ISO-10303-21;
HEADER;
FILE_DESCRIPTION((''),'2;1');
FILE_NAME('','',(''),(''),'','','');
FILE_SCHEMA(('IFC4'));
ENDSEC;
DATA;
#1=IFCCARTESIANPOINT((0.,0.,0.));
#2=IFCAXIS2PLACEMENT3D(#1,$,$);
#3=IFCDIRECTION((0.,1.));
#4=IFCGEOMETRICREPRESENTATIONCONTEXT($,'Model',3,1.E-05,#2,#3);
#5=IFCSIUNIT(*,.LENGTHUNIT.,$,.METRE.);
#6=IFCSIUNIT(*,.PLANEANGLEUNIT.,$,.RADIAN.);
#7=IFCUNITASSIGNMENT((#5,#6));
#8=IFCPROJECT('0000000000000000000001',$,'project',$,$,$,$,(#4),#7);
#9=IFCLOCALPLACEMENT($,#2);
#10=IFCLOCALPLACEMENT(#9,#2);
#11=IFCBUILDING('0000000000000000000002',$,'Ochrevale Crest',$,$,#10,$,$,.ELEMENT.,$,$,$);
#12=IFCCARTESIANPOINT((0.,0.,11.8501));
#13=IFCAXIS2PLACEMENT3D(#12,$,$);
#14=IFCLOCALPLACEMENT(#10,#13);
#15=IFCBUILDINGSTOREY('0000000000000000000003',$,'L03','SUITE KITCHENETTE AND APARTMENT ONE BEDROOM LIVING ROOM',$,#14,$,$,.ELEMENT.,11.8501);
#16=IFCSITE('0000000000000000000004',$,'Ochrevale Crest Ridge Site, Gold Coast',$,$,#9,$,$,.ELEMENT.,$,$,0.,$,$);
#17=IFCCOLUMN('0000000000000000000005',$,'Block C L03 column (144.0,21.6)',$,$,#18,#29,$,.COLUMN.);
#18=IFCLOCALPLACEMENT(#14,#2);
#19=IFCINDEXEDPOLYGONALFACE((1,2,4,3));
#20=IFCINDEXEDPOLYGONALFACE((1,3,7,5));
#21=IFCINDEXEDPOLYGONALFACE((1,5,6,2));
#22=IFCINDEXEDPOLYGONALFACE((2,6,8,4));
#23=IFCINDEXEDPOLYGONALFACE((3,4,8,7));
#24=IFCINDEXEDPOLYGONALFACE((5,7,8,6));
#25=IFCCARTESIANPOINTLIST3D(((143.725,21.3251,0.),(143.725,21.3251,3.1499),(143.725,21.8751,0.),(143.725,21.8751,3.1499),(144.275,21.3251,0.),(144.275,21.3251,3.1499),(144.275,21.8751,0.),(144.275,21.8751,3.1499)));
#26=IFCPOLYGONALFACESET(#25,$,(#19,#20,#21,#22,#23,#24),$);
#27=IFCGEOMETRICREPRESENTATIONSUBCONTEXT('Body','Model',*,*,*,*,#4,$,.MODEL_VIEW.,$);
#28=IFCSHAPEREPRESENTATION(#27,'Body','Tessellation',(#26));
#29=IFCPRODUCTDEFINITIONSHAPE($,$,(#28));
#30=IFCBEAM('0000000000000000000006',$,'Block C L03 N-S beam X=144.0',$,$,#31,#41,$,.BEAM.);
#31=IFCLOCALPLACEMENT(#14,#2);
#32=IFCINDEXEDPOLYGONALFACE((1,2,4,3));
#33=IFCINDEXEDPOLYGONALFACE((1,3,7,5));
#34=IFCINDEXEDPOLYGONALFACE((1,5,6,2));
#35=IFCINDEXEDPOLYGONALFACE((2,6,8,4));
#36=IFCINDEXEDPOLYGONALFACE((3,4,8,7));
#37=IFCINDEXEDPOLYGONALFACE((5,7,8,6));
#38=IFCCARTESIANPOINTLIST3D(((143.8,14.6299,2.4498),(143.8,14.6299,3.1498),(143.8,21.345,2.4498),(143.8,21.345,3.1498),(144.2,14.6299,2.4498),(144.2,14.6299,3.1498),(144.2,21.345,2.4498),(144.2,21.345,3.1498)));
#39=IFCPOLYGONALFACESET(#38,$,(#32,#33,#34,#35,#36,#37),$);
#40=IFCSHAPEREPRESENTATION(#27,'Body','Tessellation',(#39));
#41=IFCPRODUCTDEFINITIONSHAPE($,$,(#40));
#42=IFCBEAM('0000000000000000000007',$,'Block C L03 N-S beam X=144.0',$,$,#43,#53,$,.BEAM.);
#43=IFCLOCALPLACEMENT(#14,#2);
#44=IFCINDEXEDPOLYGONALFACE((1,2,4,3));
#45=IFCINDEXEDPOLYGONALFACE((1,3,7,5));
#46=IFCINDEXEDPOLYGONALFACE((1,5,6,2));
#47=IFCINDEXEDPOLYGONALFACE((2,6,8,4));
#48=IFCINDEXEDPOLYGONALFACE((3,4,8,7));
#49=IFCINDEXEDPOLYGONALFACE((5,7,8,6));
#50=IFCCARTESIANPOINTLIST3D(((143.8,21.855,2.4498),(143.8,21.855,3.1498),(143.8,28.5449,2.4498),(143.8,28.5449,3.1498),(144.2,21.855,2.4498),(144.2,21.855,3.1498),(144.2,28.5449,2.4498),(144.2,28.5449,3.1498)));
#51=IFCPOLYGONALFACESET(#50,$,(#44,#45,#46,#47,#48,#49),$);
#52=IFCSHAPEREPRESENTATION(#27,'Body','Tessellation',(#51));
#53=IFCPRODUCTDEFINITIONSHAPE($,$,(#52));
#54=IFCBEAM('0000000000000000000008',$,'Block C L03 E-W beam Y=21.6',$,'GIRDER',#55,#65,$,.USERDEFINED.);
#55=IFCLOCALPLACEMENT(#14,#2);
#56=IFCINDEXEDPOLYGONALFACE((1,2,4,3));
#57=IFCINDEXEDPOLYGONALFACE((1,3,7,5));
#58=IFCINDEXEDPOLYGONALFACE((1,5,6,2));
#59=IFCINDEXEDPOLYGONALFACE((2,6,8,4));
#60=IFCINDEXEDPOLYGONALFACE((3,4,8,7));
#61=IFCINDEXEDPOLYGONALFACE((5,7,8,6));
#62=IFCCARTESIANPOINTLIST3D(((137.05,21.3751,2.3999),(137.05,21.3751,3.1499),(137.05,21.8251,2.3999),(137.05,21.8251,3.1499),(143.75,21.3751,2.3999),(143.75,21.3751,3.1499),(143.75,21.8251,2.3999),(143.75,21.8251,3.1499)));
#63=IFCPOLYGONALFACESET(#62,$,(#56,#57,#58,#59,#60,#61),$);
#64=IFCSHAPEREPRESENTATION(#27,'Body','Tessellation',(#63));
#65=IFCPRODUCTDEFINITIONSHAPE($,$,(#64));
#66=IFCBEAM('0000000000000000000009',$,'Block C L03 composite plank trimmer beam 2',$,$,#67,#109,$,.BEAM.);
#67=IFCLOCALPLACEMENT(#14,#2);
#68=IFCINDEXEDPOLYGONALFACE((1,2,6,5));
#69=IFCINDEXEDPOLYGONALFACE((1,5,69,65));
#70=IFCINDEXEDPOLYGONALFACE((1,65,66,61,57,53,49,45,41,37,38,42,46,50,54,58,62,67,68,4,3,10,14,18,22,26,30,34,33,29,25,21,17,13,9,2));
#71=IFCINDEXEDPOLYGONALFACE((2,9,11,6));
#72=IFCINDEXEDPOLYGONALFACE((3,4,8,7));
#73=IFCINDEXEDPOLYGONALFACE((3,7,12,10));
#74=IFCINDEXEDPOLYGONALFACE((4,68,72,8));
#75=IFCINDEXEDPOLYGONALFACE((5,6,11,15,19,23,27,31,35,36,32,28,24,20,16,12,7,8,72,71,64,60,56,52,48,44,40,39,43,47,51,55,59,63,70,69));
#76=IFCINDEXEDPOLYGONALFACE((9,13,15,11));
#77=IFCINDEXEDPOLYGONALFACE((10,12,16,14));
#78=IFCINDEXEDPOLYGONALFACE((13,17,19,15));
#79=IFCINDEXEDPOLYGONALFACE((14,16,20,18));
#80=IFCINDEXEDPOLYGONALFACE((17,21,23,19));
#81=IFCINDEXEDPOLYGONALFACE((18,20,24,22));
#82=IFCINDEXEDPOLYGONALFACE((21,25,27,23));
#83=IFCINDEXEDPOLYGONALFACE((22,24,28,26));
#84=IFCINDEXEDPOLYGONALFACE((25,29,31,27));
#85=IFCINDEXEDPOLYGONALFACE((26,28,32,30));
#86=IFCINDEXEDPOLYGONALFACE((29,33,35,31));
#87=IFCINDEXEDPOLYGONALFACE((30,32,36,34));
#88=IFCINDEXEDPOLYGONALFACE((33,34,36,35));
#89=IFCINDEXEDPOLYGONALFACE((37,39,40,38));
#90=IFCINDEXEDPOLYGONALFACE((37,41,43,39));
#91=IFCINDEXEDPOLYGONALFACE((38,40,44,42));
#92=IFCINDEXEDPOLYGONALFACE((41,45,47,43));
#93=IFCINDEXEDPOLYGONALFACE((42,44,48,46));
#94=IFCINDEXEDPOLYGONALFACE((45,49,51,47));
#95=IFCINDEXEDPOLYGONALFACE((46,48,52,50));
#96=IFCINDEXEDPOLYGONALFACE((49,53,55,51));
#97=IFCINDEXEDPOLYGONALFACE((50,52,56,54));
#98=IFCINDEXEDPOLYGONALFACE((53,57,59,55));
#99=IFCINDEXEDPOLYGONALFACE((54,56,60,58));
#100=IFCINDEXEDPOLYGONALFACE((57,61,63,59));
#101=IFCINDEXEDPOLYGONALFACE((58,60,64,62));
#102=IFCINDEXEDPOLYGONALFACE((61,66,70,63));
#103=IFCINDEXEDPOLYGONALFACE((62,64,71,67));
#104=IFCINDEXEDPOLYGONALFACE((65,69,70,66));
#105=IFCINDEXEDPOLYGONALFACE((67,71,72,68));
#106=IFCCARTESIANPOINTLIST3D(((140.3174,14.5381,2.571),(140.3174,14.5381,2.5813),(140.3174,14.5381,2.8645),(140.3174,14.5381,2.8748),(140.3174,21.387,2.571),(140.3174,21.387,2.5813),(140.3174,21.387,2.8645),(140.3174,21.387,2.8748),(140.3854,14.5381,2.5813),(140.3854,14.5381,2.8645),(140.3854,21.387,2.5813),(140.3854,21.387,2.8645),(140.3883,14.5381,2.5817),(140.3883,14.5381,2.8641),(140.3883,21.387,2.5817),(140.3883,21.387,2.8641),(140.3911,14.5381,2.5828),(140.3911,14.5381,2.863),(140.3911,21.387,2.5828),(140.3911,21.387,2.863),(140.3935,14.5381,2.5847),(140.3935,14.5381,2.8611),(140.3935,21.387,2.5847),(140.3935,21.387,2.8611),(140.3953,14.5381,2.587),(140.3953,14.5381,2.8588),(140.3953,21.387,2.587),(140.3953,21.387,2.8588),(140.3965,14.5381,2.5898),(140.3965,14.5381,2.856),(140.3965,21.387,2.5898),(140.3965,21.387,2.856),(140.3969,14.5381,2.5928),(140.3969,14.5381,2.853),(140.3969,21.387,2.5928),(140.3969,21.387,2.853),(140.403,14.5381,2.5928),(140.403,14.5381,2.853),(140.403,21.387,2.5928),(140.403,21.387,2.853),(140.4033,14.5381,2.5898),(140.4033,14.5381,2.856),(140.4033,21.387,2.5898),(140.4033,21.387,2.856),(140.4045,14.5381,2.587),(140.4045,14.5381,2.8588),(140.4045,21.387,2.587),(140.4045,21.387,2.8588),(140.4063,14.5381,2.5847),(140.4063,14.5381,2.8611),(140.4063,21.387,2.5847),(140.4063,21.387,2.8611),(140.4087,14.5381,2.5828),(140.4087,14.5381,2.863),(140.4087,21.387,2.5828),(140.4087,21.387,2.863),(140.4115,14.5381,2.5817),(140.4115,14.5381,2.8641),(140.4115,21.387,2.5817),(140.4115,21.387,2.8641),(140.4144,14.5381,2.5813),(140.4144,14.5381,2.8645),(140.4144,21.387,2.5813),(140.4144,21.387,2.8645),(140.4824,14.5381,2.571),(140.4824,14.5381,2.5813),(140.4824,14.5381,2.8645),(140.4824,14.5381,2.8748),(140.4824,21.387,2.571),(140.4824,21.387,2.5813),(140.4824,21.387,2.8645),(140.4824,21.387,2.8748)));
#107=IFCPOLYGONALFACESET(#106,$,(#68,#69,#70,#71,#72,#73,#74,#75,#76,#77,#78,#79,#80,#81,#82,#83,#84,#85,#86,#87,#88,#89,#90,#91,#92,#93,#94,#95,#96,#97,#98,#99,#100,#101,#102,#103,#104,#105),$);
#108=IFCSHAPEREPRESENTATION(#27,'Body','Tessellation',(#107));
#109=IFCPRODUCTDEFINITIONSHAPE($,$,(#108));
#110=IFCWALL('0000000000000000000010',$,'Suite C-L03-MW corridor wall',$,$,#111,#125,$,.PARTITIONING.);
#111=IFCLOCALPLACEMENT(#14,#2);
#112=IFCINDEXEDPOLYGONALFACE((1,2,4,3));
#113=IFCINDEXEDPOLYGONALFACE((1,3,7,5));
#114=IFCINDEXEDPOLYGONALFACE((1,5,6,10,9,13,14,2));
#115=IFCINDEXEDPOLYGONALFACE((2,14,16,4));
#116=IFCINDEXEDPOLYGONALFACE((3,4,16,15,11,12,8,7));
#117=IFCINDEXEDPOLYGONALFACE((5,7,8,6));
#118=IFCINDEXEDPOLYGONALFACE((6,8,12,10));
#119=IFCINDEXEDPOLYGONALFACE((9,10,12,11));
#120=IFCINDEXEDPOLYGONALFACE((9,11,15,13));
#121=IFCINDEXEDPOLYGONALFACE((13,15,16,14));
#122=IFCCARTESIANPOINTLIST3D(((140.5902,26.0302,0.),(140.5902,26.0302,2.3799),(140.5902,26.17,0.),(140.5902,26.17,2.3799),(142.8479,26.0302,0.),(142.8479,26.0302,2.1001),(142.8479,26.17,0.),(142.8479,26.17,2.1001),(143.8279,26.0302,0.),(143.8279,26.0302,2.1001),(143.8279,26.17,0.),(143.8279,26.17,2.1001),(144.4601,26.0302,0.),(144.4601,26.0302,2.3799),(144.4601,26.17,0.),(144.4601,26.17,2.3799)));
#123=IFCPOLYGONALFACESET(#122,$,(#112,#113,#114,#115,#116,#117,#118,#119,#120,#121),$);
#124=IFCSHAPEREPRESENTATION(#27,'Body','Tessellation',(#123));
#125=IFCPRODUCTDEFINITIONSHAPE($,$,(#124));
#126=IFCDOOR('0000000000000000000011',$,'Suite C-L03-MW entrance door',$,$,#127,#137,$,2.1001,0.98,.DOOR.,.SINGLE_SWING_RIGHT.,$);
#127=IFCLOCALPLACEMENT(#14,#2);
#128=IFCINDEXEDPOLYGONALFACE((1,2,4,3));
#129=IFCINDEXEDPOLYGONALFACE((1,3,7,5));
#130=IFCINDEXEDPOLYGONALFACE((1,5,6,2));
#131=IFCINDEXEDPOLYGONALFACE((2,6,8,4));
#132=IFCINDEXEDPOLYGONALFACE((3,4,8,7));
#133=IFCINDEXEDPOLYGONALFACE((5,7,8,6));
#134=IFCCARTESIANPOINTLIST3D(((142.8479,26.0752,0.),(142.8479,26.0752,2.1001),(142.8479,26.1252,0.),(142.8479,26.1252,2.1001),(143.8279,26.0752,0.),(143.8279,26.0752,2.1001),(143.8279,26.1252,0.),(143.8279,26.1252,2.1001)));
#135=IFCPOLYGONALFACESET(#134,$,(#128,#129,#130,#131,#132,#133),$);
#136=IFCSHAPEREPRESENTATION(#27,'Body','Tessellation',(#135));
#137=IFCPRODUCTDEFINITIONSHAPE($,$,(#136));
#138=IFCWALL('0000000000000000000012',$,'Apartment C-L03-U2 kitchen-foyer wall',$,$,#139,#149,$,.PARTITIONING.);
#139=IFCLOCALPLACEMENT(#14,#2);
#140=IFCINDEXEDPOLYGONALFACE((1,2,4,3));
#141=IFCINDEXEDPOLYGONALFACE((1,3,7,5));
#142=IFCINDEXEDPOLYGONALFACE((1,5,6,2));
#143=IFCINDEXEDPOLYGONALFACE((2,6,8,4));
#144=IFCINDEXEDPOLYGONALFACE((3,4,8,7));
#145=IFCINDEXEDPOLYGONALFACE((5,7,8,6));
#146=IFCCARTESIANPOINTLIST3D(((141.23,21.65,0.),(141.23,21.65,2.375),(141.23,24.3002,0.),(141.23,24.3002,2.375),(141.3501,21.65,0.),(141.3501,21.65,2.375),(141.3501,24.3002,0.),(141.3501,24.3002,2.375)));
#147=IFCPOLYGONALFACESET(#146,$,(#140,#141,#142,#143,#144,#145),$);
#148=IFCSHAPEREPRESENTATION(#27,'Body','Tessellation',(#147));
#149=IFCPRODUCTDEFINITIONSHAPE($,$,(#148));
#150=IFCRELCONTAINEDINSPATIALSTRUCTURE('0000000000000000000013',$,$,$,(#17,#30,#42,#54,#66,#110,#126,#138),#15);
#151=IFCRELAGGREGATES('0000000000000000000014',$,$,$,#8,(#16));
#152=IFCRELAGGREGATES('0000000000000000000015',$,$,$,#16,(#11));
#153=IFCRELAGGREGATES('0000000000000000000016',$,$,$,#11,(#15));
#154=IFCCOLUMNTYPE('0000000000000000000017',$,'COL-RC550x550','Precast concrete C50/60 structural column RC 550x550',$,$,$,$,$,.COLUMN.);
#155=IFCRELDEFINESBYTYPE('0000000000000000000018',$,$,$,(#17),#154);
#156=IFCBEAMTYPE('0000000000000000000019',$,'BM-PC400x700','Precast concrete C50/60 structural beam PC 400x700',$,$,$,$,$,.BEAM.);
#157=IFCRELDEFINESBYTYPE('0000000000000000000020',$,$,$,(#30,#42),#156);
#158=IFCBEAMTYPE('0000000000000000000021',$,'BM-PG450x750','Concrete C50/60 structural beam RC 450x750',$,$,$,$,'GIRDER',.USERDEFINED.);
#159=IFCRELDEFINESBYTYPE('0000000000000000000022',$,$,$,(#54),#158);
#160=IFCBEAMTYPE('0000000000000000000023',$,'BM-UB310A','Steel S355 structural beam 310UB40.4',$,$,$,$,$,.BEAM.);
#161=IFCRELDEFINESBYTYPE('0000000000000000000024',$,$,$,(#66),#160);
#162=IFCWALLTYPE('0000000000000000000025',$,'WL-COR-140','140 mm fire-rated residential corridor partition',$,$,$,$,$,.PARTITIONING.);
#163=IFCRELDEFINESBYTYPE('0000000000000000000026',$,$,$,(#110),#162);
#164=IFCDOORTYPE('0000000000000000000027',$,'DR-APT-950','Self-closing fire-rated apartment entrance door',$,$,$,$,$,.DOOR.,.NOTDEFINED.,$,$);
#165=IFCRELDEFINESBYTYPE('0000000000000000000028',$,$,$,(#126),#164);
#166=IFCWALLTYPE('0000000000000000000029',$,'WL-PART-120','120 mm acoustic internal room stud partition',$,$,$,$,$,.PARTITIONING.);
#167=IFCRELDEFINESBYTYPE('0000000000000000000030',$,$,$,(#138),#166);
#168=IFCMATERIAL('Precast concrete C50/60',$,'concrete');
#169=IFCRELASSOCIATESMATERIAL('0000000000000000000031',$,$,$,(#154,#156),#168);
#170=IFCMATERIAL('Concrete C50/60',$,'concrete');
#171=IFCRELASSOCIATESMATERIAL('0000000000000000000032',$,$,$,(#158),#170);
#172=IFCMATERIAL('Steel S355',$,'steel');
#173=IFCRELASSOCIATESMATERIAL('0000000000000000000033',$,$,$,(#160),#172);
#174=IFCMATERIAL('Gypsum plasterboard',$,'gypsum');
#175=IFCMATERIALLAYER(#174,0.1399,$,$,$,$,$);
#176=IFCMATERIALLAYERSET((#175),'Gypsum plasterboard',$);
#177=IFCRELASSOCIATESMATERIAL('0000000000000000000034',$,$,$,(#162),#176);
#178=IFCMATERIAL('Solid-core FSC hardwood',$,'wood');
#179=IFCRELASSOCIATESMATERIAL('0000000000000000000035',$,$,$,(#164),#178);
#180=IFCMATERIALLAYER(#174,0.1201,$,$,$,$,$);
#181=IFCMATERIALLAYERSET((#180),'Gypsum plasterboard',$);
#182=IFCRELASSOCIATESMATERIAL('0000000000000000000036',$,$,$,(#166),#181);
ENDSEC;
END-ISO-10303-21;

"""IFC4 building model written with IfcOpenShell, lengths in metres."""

from ifc_helpers import new_model, si_unit, direction, frame, frame_2d, origin, origin_2d, place, context, subcontext, project, spatial, rectangle, i_section, extrude, material, layer, layer_set, material_profile, profile_set, type_object, element, fill, save


model = new_model("IFC4")

# Units and contexts
model_context = context("Model", 3, precision=1e-05, world=origin(), true_north=direction((0.0, 1.0)))
body_context = subcontext(model_context, "Body", "Model", "MODEL_VIEW")
ifc_project = project(units=[si_unit("LENGTHUNIT", "METRE"), si_unit("PLANEANGLEUNIT", "RADIAN")], contexts=[model_context])

# Site, building, storey
site_placement = place(None, origin())
site = spatial("IfcSite", under=ifc_project, at=site_placement, Name="Ochrevale Crest Ridge Site, Gold Coast", CompositionType="ELEMENT", RefElevation=0.0)
building_placement = place(site_placement, origin())
building = spatial("IfcBuilding", under=site, at=building_placement, Name="Ochrevale Crest", CompositionType="ELEMENT")
storey_placement = place(building_placement, frame((0.0, 0.0, 11.8501)))
storey = spatial("IfcBuildingStorey", under=building, at=storey_placement, Name="L03", Description="SUITE KITCHENETTE AND APARTMENT ONE BEDROOM LIVING ROOM", CompositionType="ELEMENT", Elevation=11.8501)

# Column
ifc_material_1 = material(Name="Precast concrete C50/60", Category="concrete")
ifc_material_profile_1 = material_profile(ifc_material_1, rectangle(XDim=0.55, YDim=0.55, at=origin_2d()), Name="RC 550x550")
ifc_profile_set_1 = profile_set([ifc_material_profile_1], Name="Precast concrete C50/60")
column_type = type_object("IfcColumnType", Name="COL-RC550x550", Description="Precast concrete C50/60 structural column RC 550x550", PredefinedType="COLUMN", material=ifc_profile_set_1)
column_placement = place(storey_placement, frame((144.0, 21.6001, 0.0), z_axis=(0.0, 0.0, 1.0), x_axis=(1.0, 0.0, 0.0)))
element("IfcColumn", 1, at=column_placement, inside=storey, type_object=column_type, Name="Block C L03 column (144.0,21.6)", PredefinedType="COLUMN", context=body_context, shape_type="SweptSolid", body=[
    extrude(rectangle(XDim=0.55, YDim=0.55, at=origin_2d()), origin(), (0.0, 0.0, 1.0), 3.1499),
])

# Beams
ifc_material_profile_2 = material_profile(ifc_material_1, rectangle(XDim=0.3999, YDim=0.7, at=origin_2d()), Name="PC 400x700")
ifc_profile_set_2 = profile_set([ifc_material_profile_2], Name="Precast concrete C50/60")
beam_type_1 = type_object("IfcBeamType", Name="BM-PC400x700", Description="Precast concrete C50/60 structural beam PC 400x700", PredefinedType="BEAM", material=ifc_profile_set_2)
beam_1_placement = place(storey_placement, frame((144.0, 14.6299, 2.7998), z_axis=(0.0, 1.0, 0.0), x_axis=(-1.0, 0.0, 0.0)))
element("IfcBeam", 2, at=beam_1_placement, inside=storey, type_object=beam_type_1, Name="Block C L03 N-S beam X=144.0", PredefinedType="BEAM", context=body_context, shape_type="SweptSolid", body=[
    extrude(rectangle(XDim=0.3999, YDim=0.7, at=origin_2d()), origin(), (0.0, 0.0, 1.0), 6.7151),
])
beam_2_placement = place(storey_placement, frame((144.0, 21.855, 2.7998), z_axis=(0.0, 1.0, 0.0), x_axis=(-1.0, 0.0, 0.0)))
element("IfcBeam", 3, at=beam_2_placement, inside=storey, type_object=beam_type_1, Name="Block C L03 N-S beam X=144.0", PredefinedType="BEAM", context=body_context, shape_type="SweptSolid", body=[
    extrude(rectangle(XDim=0.3999, YDim=0.7, at=origin_2d()), origin(), (0.0, 0.0, 1.0), 6.6899),
])
ifc_material_2 = material(Name="Concrete C50/60", Category="concrete")
ifc_material_profile_3 = material_profile(ifc_material_2, rectangle(XDim=0.45, YDim=0.75, at=origin_2d()), Name="RC 450x750")
ifc_profile_set_3 = profile_set([ifc_material_profile_3], Name="Concrete C50/60")
beam_type_2 = type_object("IfcBeamType", Name="BM-PG450x750", Description="Concrete C50/60 structural beam RC 450x750", ElementType="GIRDER", PredefinedType="USERDEFINED", material=ifc_profile_set_3)
beam_3_placement = place(storey_placement, frame((137.05, 21.6001, 2.7749), z_axis=(1.0, 0.0, 0.0), x_axis=(0.0, 1.0, 0.0)))
element("IfcBeam", 4, at=beam_3_placement, inside=storey, type_object=beam_type_2, Name="Block C L03 E-W beam Y=21.6", ObjectType="GIRDER", PredefinedType="USERDEFINED", context=body_context, shape_type="SweptSolid", body=[
    extrude(rectangle(XDim=0.45, YDim=0.75, at=origin_2d()), origin(), (0.0, 0.0, 1.0), 6.7),
])
ifc_material_3 = material(Name="Steel S355", Category="steel")
ifc_material_profile_4 = material_profile(ifc_material_3, i_section(OverallWidth=0.165, OverallDepth=0.3037, WebThickness=0.0061, FlangeThickness=0.0103, FilletRadius=0.0115, at=origin_2d()), Name="310UB40.4")
ifc_profile_set_4 = profile_set([ifc_material_profile_4], Name="Steel S355")
beam_type_3 = type_object("IfcBeamType", Name="BM-UB310A", Description="Steel S355 structural beam 310UB40.4", PredefinedType="BEAM", material=ifc_profile_set_4)
beam_4_placement = place(storey_placement, frame((140.3999, 14.5381, 2.7229), z_axis=(0.0, 1.0, 0.0), x_axis=(-1.0, 0.0, 0.0)))
element("IfcBeam", 5, at=beam_4_placement, inside=storey, type_object=beam_type_3, Name="Block C L03 composite plank trimmer beam 2", PredefinedType="BEAM", context=body_context, shape_type="SweptSolid", body=[
    extrude(i_section(OverallWidth=0.165, OverallDepth=0.3037, WebThickness=0.0061, FlangeThickness=0.0103, FilletRadius=0.0115, at=origin_2d()), origin(), (0.0, 0.0, 1.0), 6.8489),
])

# Wall, opening, door
ifc_material_4 = material(Name="Gypsum plasterboard", Category="gypsum")
ifc_layer_1 = layer(ifc_material_4, 0.1399)
ifc_layer_set_1 = layer_set([ifc_layer_1], Name="Gypsum plasterboard")
wall_type_1 = type_object("IfcWallType", Name="WL-COR-140", Description="140 mm fire-rated residential corridor partition", PredefinedType="PARTITIONING", material=ifc_layer_set_1)
wall_1_placement = place(storey_placement, frame((140.5901, 26.1001, 0.0), z_axis=(0.0, 0.0, 1.0), x_axis=(1.0, 0.0, 0.0)))
wall_1 = element("IfcWall", 6, at=wall_1_placement, inside=storey, type_object=wall_type_1, Name="Suite C-L03-MW corridor wall", PredefinedType="PARTITIONING", context=body_context, shape_type="SweptSolid", body=[
    extrude(rectangle(XDim=3.8699, YDim=0.1399, at=frame_2d((1.9351, 0.0))), origin(), (0.0, 0.0, 1.0), 2.3799),
])
opening_1_placement = place(wall_1_placement, frame((3.2378, 0.0, 0.0), z_axis=(0.0, 0.0, 1.0), x_axis=(-1.0, 0.0, 0.0)))
opening_1 = element("IfcOpeningElement", 7, at=opening_1_placement, cuts=wall_1, PredefinedType="OPENING", context=body_context, shape_type="SweptSolid", body=[
    extrude(rectangle(XDim=0.98, YDim=2.1001, at=frame_2d((0.49, 1.05))), frame((0.0, 0.0801, 0.0), z_axis=(0.0, -1.0, 0.0), x_axis=(1.0, 0.0, 0.0)), (0.0, 0.0, 1.0), 0.1599),
])
ifc_material_5 = material(Name="Solid-core FSC hardwood", Category="wood")
door_type_1 = type_object("IfcDoorType", Name="DR-APT-950", Description="Self-closing fire-rated apartment entrance door", OperationType="NOTDEFINED", PredefinedType="DOOR", material=ifc_material_5)
door_1_placement = place(opening_1_placement, origin())
door_1 = element("IfcDoor", 8, at=door_1_placement, inside=storey, type_object=door_type_1, Name="Suite C-L03-MW entrance door", OperationType="SINGLE_SWING_RIGHT", OverallHeight=2.1001, OverallWidth=0.98, PredefinedType="DOOR", context=body_context, shape_type="SweptSolid", body=[
    extrude(rectangle(XDim=0.98, YDim=2.1001, at=frame_2d((0.49, 1.05))), frame((0.0, 0.0249, 0.0), z_axis=(0.0, -1.0, 0.0), x_axis=(1.0, 0.0, 0.0)), (0.0, 0.0, 1.0), 0.05),
])
fill(opening_1, door_1)

# Wall
ifc_layer_2 = layer(ifc_material_4, 0.1201)
ifc_layer_set_2 = layer_set([ifc_layer_2], Name="Gypsum plasterboard")
wall_type_2 = type_object("IfcWallType", Name="WL-PART-120", Description="120 mm acoustic internal room stud partition", PredefinedType="PARTITIONING", material=ifc_layer_set_2)
wall_2_placement = place(storey_placement, frame((141.29, 21.6499, 0.0), z_axis=(0.0, 0.0, 1.0), x_axis=(0.0, 1.0, 0.0)))
element("IfcWall", 9, at=wall_2_placement, inside=storey, type_object=wall_type_2, Name="Apartment C-L03-U2 kitchen-foyer wall", PredefinedType="PARTITIONING", context=body_context, shape_type="SweptSolid", body=[
    extrude(rectangle(XDim=2.6501, YDim=0.1201, at=frame_2d((1.3252, 0.0))), origin(), (0.0, 0.0, 1.0), 2.375),
])

save(model, "model.ifc")
